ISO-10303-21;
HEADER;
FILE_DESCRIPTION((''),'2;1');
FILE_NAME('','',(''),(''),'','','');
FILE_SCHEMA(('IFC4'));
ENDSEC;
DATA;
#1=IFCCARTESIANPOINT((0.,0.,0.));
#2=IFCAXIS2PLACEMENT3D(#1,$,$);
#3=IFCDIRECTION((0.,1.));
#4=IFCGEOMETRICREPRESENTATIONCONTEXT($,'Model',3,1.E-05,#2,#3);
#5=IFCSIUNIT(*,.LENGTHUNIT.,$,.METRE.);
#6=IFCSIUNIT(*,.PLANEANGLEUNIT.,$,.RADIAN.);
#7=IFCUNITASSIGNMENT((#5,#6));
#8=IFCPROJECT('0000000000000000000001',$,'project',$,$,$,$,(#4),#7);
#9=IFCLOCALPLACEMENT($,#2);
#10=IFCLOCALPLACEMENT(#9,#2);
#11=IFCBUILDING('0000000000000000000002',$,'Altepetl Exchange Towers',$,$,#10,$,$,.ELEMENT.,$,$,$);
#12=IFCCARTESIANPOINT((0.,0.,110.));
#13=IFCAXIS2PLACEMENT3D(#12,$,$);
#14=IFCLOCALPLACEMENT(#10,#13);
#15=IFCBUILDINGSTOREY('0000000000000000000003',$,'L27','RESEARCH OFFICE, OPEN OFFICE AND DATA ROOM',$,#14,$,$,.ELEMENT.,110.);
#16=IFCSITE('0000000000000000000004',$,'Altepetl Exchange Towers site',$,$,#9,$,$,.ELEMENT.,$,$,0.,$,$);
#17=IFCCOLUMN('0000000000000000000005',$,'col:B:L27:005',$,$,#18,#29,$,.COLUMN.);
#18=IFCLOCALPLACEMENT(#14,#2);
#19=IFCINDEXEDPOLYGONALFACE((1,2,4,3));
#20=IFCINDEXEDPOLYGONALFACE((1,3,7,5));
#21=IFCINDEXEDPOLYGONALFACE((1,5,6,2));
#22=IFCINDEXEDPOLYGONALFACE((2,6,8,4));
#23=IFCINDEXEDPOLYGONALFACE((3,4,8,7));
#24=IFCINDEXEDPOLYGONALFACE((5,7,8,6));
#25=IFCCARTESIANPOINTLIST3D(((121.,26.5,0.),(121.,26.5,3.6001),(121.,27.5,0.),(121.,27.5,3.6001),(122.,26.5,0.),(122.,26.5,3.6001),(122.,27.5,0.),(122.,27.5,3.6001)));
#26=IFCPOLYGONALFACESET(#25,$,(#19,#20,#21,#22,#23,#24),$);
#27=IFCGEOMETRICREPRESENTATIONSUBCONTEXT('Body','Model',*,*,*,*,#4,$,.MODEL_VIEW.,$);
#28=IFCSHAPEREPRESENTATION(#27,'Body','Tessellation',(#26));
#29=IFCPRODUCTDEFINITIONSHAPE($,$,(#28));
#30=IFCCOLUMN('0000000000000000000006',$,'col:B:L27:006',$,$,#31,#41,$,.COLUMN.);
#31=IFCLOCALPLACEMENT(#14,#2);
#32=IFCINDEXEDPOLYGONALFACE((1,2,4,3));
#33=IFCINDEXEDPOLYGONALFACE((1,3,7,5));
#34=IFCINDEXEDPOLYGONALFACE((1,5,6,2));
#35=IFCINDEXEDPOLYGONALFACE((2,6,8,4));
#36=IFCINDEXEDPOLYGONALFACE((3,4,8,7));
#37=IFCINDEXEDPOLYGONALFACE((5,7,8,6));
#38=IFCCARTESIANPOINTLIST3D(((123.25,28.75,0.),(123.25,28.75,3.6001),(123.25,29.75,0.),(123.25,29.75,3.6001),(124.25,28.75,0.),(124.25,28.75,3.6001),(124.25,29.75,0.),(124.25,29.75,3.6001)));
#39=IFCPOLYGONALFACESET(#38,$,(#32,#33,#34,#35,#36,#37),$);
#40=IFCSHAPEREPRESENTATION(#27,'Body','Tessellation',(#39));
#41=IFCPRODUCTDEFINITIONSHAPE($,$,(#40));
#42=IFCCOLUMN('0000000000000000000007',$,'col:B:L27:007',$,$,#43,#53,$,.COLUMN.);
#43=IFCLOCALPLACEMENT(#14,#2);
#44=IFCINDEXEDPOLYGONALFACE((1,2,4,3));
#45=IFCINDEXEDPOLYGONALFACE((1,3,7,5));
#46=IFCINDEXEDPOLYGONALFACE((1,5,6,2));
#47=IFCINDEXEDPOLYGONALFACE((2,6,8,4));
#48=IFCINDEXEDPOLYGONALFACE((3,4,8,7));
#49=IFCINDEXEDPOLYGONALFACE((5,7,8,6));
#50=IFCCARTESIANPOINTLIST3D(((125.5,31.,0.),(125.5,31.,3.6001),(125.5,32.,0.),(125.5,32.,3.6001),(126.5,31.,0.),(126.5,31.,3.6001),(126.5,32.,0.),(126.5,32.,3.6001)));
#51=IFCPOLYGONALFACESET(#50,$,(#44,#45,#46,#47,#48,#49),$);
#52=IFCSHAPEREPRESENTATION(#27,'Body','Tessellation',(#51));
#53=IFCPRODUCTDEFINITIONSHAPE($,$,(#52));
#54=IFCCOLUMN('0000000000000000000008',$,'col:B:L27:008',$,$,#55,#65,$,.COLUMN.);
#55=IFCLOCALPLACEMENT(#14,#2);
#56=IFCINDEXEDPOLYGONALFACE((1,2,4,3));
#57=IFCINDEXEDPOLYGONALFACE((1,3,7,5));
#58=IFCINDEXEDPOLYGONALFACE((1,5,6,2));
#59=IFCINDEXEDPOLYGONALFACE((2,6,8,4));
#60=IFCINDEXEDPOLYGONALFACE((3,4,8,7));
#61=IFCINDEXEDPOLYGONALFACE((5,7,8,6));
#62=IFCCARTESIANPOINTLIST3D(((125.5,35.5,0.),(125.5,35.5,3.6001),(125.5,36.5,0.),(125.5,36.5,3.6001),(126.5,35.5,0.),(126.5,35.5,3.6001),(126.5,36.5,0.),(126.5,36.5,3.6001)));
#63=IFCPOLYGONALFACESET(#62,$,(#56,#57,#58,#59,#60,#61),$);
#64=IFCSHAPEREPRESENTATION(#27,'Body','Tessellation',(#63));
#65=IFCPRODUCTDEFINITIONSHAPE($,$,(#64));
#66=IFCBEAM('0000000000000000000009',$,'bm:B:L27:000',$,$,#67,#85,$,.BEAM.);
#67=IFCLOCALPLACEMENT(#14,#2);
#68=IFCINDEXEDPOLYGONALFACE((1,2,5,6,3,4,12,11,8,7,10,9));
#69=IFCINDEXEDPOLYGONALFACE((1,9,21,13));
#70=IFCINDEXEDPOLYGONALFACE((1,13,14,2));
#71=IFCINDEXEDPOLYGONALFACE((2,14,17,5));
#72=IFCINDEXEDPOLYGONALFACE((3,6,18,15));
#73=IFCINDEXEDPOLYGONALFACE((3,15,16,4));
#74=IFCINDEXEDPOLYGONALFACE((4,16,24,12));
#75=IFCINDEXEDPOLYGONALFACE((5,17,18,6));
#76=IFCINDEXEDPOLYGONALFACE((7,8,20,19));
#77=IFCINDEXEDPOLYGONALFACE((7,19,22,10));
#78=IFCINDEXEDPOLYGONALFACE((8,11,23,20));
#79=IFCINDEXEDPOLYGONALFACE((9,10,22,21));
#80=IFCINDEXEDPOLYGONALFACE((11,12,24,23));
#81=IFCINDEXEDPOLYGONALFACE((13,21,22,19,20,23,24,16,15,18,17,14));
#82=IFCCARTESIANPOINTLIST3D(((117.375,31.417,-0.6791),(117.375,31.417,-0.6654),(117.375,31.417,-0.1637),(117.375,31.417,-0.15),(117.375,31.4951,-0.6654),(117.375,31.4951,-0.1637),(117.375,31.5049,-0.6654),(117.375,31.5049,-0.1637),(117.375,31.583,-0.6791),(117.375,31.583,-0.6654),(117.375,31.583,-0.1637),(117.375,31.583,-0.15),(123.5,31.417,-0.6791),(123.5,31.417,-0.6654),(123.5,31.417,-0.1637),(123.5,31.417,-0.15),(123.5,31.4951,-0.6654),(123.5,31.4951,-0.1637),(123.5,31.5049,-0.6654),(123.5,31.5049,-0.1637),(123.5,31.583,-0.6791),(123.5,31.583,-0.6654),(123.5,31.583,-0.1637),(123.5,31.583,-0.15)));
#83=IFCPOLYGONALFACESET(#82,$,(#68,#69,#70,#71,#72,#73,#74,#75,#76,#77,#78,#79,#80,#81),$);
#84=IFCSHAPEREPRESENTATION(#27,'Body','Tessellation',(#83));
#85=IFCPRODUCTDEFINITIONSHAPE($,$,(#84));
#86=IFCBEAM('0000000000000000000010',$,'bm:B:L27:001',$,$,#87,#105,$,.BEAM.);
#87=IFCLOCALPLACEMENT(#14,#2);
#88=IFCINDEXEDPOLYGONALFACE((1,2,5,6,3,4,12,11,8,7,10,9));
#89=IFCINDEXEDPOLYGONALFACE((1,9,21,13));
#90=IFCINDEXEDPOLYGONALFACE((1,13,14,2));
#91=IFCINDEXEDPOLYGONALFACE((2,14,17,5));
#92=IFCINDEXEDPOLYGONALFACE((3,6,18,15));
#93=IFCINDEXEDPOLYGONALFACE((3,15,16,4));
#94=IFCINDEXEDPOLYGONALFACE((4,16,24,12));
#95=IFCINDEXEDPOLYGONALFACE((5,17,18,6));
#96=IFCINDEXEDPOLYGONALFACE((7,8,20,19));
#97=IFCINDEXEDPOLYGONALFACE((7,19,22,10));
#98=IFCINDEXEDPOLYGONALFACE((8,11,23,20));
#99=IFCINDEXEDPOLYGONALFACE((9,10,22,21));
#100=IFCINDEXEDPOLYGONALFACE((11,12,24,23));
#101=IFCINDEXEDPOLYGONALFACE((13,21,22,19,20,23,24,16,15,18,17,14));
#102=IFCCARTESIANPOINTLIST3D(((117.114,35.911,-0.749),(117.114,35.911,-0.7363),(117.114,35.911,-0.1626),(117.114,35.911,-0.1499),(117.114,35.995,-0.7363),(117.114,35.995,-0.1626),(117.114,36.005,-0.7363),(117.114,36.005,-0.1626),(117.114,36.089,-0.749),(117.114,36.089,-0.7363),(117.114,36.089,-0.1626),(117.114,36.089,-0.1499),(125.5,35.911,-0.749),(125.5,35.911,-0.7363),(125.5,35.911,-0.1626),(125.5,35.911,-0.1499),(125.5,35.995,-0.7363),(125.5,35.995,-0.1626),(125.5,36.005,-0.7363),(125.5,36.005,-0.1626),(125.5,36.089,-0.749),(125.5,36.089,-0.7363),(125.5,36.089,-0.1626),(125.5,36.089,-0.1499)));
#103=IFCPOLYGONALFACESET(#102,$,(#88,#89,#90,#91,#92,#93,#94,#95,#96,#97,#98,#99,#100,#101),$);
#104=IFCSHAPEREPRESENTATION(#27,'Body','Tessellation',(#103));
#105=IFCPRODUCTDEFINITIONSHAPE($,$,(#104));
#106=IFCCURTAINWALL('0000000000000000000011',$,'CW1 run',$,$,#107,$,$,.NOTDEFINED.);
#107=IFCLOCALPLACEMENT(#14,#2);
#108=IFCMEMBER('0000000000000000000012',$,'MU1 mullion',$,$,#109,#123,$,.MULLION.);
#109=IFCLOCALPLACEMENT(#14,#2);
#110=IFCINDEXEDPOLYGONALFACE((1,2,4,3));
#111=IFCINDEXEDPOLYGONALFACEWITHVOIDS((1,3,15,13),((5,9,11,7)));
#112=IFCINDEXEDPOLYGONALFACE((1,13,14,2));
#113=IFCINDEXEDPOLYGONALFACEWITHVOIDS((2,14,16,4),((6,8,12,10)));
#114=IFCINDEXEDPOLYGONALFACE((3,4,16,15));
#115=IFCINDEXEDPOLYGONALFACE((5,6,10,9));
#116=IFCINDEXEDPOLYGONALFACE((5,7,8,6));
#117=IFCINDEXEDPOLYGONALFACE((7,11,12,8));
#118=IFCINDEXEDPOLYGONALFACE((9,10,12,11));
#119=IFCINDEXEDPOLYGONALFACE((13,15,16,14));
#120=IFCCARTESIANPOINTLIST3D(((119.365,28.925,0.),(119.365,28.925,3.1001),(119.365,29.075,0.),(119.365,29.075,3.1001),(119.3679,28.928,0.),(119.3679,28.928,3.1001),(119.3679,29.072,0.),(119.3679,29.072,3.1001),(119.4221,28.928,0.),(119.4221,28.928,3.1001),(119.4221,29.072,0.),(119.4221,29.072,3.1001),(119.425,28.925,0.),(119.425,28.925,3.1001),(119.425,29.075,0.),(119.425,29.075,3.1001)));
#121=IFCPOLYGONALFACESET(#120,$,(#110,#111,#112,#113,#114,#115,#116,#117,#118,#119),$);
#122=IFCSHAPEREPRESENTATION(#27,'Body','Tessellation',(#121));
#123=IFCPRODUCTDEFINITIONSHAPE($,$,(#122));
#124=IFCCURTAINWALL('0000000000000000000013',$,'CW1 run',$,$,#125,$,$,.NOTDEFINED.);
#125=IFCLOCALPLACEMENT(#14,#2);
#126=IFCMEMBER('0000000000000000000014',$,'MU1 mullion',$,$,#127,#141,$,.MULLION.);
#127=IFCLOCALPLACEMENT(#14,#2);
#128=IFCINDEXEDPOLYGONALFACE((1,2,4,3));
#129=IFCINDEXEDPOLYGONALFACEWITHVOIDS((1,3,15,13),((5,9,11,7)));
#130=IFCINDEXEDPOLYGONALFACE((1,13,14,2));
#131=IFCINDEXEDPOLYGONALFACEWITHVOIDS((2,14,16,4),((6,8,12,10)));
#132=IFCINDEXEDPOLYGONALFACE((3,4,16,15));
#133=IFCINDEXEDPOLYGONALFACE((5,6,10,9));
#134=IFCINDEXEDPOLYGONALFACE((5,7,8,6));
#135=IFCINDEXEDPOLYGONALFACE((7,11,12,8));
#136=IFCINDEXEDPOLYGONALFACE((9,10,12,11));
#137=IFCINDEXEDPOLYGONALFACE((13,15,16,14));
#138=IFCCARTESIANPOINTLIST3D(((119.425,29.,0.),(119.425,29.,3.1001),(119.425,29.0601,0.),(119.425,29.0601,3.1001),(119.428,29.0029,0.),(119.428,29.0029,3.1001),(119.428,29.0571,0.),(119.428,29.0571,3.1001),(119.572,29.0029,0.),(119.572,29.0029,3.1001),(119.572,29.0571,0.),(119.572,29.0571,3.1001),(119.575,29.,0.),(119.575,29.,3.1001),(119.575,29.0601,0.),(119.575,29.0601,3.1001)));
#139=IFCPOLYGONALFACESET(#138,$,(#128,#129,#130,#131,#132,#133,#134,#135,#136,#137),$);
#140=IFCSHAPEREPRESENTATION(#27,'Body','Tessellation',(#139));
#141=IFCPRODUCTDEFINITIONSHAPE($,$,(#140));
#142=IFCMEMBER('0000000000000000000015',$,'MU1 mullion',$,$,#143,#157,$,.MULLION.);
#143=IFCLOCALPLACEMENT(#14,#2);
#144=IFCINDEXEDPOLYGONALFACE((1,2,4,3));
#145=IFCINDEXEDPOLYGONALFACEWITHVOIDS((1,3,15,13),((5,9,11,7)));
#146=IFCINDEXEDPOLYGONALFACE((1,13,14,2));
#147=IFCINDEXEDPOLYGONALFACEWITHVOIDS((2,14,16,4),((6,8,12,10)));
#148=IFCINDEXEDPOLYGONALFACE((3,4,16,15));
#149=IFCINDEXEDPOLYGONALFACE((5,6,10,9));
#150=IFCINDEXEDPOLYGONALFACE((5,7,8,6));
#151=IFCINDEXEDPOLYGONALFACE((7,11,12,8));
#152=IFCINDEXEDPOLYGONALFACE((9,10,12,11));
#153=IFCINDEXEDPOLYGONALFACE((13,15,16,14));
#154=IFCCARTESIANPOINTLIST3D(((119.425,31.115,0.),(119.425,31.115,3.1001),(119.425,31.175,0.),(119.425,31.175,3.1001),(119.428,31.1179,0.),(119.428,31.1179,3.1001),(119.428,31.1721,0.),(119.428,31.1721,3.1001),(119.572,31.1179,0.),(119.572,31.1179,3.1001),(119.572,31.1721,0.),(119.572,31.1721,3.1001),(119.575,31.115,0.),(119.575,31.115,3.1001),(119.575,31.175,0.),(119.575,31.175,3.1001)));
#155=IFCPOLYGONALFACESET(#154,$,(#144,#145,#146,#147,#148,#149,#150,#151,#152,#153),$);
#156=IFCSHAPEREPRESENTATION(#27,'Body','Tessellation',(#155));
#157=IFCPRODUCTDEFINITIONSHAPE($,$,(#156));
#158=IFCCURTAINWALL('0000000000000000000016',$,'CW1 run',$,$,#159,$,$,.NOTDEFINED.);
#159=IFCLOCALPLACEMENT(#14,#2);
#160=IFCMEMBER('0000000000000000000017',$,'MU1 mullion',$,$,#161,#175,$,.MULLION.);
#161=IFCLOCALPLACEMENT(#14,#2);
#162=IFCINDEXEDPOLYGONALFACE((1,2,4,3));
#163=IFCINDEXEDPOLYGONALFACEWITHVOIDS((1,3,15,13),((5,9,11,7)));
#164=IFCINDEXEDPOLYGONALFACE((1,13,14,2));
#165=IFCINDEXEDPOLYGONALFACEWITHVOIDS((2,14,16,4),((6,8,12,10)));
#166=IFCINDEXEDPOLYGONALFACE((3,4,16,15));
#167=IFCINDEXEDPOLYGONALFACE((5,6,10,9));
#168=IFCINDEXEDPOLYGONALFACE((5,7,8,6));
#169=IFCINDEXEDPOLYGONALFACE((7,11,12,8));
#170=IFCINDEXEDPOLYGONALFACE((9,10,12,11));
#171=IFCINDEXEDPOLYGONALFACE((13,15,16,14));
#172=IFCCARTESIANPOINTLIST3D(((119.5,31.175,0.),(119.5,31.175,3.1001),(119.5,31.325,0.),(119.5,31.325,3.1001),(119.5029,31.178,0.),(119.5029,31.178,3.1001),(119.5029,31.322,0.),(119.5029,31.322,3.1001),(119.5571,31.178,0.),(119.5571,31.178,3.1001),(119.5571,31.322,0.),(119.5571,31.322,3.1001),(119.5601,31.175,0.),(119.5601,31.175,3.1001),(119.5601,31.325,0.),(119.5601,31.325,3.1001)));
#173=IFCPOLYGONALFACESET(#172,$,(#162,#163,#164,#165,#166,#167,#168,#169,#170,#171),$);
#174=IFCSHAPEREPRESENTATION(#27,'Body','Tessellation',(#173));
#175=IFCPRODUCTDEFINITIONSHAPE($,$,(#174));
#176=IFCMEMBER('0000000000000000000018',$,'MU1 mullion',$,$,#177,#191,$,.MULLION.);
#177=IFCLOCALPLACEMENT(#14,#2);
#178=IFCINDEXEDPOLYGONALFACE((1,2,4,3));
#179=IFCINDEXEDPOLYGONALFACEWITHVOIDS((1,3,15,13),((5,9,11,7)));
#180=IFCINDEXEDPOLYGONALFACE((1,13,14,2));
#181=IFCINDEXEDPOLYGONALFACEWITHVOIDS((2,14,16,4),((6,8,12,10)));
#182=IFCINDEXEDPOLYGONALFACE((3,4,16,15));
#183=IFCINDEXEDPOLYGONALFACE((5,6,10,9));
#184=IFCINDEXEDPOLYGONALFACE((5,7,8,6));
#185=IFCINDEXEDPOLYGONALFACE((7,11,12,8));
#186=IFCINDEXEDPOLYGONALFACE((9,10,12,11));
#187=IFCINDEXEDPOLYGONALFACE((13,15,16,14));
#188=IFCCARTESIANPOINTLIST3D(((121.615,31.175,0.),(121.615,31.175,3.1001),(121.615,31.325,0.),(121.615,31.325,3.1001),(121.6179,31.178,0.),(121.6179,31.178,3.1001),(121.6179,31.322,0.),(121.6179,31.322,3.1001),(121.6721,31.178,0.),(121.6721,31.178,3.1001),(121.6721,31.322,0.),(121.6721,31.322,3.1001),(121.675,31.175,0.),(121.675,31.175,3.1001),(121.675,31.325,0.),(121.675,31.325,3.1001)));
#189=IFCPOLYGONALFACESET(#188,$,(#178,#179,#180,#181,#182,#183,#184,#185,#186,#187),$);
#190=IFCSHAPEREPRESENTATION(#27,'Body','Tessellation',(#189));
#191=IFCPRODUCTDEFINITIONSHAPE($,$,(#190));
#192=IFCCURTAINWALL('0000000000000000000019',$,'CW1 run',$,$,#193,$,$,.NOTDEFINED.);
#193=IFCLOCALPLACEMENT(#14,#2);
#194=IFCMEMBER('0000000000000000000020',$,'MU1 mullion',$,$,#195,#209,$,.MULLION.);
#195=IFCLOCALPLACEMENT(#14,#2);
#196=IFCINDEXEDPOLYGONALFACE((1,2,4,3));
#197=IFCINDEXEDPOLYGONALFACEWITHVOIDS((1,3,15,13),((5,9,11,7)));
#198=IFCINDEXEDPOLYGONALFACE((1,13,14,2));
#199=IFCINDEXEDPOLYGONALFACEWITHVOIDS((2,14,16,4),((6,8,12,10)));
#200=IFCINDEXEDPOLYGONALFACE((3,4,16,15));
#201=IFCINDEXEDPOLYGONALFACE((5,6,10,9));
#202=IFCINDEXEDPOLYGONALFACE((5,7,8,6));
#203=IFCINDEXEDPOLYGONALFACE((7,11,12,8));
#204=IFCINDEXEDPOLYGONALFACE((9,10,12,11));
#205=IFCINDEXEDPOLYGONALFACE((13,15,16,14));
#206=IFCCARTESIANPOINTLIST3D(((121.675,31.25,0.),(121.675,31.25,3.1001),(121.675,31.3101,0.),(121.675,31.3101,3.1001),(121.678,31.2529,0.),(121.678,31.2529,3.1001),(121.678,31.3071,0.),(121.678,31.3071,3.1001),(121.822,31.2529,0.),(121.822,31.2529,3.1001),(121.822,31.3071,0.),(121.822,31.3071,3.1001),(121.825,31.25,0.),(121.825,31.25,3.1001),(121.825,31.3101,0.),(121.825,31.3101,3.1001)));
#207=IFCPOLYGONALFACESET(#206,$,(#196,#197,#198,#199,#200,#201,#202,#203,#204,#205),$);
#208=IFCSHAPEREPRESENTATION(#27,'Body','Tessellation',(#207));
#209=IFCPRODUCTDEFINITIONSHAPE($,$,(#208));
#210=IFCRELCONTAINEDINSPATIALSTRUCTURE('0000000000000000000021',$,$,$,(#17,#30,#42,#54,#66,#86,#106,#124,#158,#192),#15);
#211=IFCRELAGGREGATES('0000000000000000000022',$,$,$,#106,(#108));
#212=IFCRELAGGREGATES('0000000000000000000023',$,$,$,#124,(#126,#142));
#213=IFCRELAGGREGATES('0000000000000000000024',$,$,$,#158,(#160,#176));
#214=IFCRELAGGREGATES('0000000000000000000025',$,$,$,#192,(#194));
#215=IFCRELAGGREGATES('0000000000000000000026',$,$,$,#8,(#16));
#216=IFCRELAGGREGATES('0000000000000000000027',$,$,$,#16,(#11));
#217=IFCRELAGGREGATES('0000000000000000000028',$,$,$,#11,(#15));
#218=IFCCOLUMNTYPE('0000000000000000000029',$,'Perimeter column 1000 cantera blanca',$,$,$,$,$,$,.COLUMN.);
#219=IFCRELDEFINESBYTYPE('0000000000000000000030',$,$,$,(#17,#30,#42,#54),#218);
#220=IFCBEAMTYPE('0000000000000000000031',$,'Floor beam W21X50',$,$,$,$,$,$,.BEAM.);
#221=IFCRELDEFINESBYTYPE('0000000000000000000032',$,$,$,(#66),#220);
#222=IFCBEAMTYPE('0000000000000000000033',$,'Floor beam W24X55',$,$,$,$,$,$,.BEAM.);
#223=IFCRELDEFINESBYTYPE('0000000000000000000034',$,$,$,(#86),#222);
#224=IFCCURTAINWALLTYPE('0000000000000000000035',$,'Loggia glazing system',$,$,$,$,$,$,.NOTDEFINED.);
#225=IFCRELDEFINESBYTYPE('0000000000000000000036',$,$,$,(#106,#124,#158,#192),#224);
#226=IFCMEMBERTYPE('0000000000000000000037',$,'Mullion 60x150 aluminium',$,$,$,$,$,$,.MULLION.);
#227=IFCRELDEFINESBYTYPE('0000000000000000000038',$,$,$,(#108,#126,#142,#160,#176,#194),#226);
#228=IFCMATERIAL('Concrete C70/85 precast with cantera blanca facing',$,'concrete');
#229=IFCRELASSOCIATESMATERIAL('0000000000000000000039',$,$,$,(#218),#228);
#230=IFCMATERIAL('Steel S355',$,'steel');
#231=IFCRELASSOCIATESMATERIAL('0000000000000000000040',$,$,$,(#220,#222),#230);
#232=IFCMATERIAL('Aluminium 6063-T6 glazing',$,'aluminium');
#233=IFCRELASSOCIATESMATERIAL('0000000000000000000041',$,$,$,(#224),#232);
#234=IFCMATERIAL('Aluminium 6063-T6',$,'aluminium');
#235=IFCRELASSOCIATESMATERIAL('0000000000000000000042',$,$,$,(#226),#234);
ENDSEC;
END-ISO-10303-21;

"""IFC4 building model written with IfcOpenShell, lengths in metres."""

from ifc_helpers import new_model, si_unit, direction, frame, origin, origin_2d, place, context, subcontext, project, spatial, rectangle, hollow_rectangle, i_section, extrude, material, material_profile, profile_set, type_object, element, aggregate, save


model = new_model("IFC4")

# Units and contexts
model_context = context("Model", 3, precision=1e-05, world=origin(), true_north=direction((0.0, 1.0)))
body_context = subcontext(model_context, "Body", "Model", "MODEL_VIEW")
ifc_project = project(units=[si_unit("LENGTHUNIT", "METRE"), si_unit("PLANEANGLEUNIT", "RADIAN")], contexts=[model_context])

# Site, building, storey
site_placement = place(None, origin())
site = spatial("IfcSite", under=ifc_project, at=site_placement, Name="Altepetl Exchange Towers site", CompositionType="ELEMENT", RefElevation=0.0)
building_placement = place(site_placement, origin())
building = spatial("IfcBuilding", under=site, at=building_placement, Name="Altepetl Exchange Towers", CompositionType="ELEMENT")
storey_placement = place(building_placement, frame((0.0, 0.0, 110.0)))
storey = spatial("IfcBuildingStorey", under=building, at=storey_placement, Name="L27", Description="RESEARCH OFFICE, OPEN OFFICE AND DATA ROOM", CompositionType="ELEMENT", Elevation=110.0)

# Columns
ifc_material_1 = material(Name="Concrete C70/85 precast with cantera blanca facing", Category="concrete")
ifc_material_profile_1 = material_profile(ifc_material_1, rectangle(XDim=1.0, YDim=1.0, at=origin_2d()), Name="1000 x 1000")
ifc_profile_set_1 = profile_set([ifc_material_profile_1], Name="Concrete C70/85 precast with cantera blanca facing")
column_type = type_object("IfcColumnType", Name="Perimeter column 1000 cantera blanca", PredefinedType="COLUMN", material=ifc_profile_set_1)
for number, where, name in (
    (1, (121.5, 27.0, 0.0), "col:B:L27:005"),
    (2, (123.75, 29.25, 0.0), "col:B:L27:006"),
    (3, (126.0, 31.5, 0.0), "col:B:L27:007"),
    (4, (126.0, 36.0, 0.0), "col:B:L27:008"),
):
    element("IfcColumn", number, at=place(storey_placement, frame(where)), inside=storey, type_object=column_type, Name=name, PredefinedType="COLUMN", context=body_context, shape_type="SweptSolid", body=[
        extrude(rectangle(XDim=1.0, YDim=1.0, at=origin_2d()), origin(), (0.0, 0.0, 1.0), 3.6001),
    ])

# Beams
ifc_material_2 = material(Name="Steel S355", Category="steel")
ifc_material_profile_2 = material_profile(ifc_material_2, i_section(OverallWidth=0.166, OverallDepth=0.5291, WebThickness=0.0098, FlangeThickness=0.0137, at=origin_2d()), Name="W21X50")
ifc_profile_set_2 = profile_set([ifc_material_profile_2], Name="Steel S355")
beam_type_1 = type_object("IfcBeamType", Name="Floor beam W21X50", PredefinedType="BEAM", material=ifc_profile_set_2)
beam_1_placement = place(storey_placement, frame((117.375, 31.5, -0.4146), z_axis=(1.0, 0.0, 0.0), x_axis=(0.0, 1.0, 0.0)))
element("IfcBeam", 5, at=beam_1_placement, inside=storey, type_object=beam_type_1, Name="bm:B:L27:000", PredefinedType="BEAM", context=body_context, shape_type="SweptSolid", body=[
    extrude(i_section(OverallWidth=0.166, OverallDepth=0.5291, WebThickness=0.0098, FlangeThickness=0.0137, at=origin_2d()), origin(), (0.0, 0.0, 1.0), 6.125),
])
ifc_material_profile_3 = material_profile(ifc_material_2, i_section(OverallWidth=0.178, OverallDepth=0.5991, WebThickness=0.01, FlangeThickness=0.0127, at=origin_2d()), Name="W24X55")
ifc_profile_set_3 = profile_set([ifc_material_profile_3], Name="Steel S355")
beam_type_2 = type_object("IfcBeamType", Name="Floor beam W24X55", PredefinedType="BEAM", material=ifc_profile_set_3)
beam_2_placement = place(storey_placement, frame((117.114, 36.0, -0.4495), z_axis=(1.0, 0.0, 0.0), x_axis=(0.0, 1.0, 0.0)))
element("IfcBeam", 6, at=beam_2_placement, inside=storey, type_object=beam_type_2, Name="bm:B:L27:001", PredefinedType="BEAM", context=body_context, shape_type="SweptSolid", body=[
    extrude(i_section(OverallWidth=0.178, OverallDepth=0.5991, WebThickness=0.01, FlangeThickness=0.0127, at=origin_2d()), origin(), (0.0, 0.0, 1.0), 8.386),
])

# Curtain wall, member
ifc_material_3 = material(Name="Aluminium 6063-T6 glazing", Category="aluminium")
curtain_wall_type = type_object("IfcCurtainWallType", Name="Loggia glazing system", PredefinedType="NOTDEFINED", material=ifc_material_3)
curtain_wall_1_placement = place(storey_placement, origin())
curtain_wall_1 = element("IfcCurtainWall", 7, at=curtain_wall_1_placement, inside=storey, type_object=curtain_wall_type, Name="CW1 run", PredefinedType="NOTDEFINED")
ifc_material_4 = material(Name="Aluminium 6063-T6", Category="aluminium")
ifc_material_profile_4 = material_profile(ifc_material_4, hollow_rectangle(XDim=0.0601, YDim=0.1499, WallThickness=0.0029, at=origin_2d()), Name="Mullion 60x150 aluminium")
ifc_profile_set_4 = profile_set([ifc_material_profile_4], Name="Aluminium 6063-T6")
member_type = type_object("IfcMemberType", Name="Mullion 60x150 aluminium", PredefinedType="MULLION", material=ifc_profile_set_4)
member_1_placement = place(storey_placement, frame((119.395, 29.0, 0.0)))
member_1 = element("IfcMember", 8, at=member_1_placement, type_object=member_type, Name="MU1 mullion", PredefinedType="MULLION", context=body_context, shape_type="SweptSolid", body=[
    extrude(hollow_rectangle(XDim=0.0601, YDim=0.1499, WallThickness=0.0029, at=origin_2d()), origin(), (0.0, 0.0, 1.0), 3.1001),
])

# Curtain walls, members
curtain_wall_2_placement = place(storey_placement, origin())
curtain_wall_2 = element("IfcCurtainWall", 9, at=curtain_wall_2_placement, inside=storey, type_object=curtain_wall_type, Name="CW1 run", PredefinedType="NOTDEFINED")
member_2_placement = place(storey_placement, frame((119.5, 29.03, 0.0), z_axis=(0.0, 0.0, 1.0), x_axis=(0.0, 1.0, 0.0)))
member_2 = element("IfcMember", 10, at=member_2_placement, type_object=member_type, Name="MU1 mullion", PredefinedType="MULLION", context=body_context, shape_type="SweptSolid", body=[
    extrude(hollow_rectangle(XDim=0.0601, YDim=0.1499, WallThickness=0.0029, at=origin_2d()), origin(), (0.0, 0.0, 1.0), 3.1001),
])
member_3_placement = place(storey_placement, frame((119.5, 31.145, 0.0), z_axis=(0.0, 0.0, 1.0), x_axis=(0.0, 1.0, 0.0)))
member_3 = element("IfcMember", 11, at=member_3_placement, type_object=member_type, Name="MU1 mullion", PredefinedType="MULLION", context=body_context, shape_type="SweptSolid", body=[
    extrude(hollow_rectangle(XDim=0.0601, YDim=0.1499, WallThickness=0.0029, at=origin_2d()), origin(), (0.0, 0.0, 1.0), 3.1001),
])
curtain_wall_3_placement = place(storey_placement, origin())
curtain_wall_3 = element("IfcCurtainWall", 12, at=curtain_wall_3_placement, inside=storey, type_object=curtain_wall_type, Name="CW1 run", PredefinedType="NOTDEFINED")
member_4_placement = place(storey_placement, frame((119.53, 31.25, 0.0)))
member_4 = element("IfcMember", 13, at=member_4_placement, type_object=member_type, Name="MU1 mullion", PredefinedType="MULLION", context=body_context, shape_type="SweptSolid", body=[
    extrude(hollow_rectangle(XDim=0.0601, YDim=0.1499, WallThickness=0.0029, at=origin_2d()), origin(), (0.0, 0.0, 1.0), 3.1001),
])
member_5_placement = place(storey_placement, frame((121.645, 31.25, 0.0)))
member_5 = element("IfcMember", 14, at=member_5_placement, type_object=member_type, Name="MU1 mullion", PredefinedType="MULLION", context=body_context, shape_type="SweptSolid", body=[
    extrude(hollow_rectangle(XDim=0.0601, YDim=0.1499, WallThickness=0.0029, at=origin_2d()), origin(), (0.0, 0.0, 1.0), 3.1001),
])
curtain_wall_4_placement = place(storey_placement, origin())
curtain_wall_4 = element("IfcCurtainWall", 15, at=curtain_wall_4_placement, inside=storey, type_object=curtain_wall_type, Name="CW1 run", PredefinedType="NOTDEFINED")
member_6_placement = place(storey_placement, frame((121.75, 31.28, 0.0), z_axis=(0.0, 0.0, 1.0), x_axis=(0.0, 1.0, 0.0)))
member_6 = element("IfcMember", 16, at=member_6_placement, type_object=member_type, Name="MU1 mullion", PredefinedType="MULLION", context=body_context, shape_type="SweptSolid", body=[
    extrude(hollow_rectangle(XDim=0.0601, YDim=0.1499, WallThickness=0.0029, at=origin_2d()), origin(), (0.0, 0.0, 1.0), 3.1001),
])

aggregate(curtain_wall_1, [member_1])
aggregate(curtain_wall_2, [member_2, member_3])
aggregate(curtain_wall_3, [member_4, member_5])
aggregate(curtain_wall_4, [member_6])

save(model, "model.ifc")
